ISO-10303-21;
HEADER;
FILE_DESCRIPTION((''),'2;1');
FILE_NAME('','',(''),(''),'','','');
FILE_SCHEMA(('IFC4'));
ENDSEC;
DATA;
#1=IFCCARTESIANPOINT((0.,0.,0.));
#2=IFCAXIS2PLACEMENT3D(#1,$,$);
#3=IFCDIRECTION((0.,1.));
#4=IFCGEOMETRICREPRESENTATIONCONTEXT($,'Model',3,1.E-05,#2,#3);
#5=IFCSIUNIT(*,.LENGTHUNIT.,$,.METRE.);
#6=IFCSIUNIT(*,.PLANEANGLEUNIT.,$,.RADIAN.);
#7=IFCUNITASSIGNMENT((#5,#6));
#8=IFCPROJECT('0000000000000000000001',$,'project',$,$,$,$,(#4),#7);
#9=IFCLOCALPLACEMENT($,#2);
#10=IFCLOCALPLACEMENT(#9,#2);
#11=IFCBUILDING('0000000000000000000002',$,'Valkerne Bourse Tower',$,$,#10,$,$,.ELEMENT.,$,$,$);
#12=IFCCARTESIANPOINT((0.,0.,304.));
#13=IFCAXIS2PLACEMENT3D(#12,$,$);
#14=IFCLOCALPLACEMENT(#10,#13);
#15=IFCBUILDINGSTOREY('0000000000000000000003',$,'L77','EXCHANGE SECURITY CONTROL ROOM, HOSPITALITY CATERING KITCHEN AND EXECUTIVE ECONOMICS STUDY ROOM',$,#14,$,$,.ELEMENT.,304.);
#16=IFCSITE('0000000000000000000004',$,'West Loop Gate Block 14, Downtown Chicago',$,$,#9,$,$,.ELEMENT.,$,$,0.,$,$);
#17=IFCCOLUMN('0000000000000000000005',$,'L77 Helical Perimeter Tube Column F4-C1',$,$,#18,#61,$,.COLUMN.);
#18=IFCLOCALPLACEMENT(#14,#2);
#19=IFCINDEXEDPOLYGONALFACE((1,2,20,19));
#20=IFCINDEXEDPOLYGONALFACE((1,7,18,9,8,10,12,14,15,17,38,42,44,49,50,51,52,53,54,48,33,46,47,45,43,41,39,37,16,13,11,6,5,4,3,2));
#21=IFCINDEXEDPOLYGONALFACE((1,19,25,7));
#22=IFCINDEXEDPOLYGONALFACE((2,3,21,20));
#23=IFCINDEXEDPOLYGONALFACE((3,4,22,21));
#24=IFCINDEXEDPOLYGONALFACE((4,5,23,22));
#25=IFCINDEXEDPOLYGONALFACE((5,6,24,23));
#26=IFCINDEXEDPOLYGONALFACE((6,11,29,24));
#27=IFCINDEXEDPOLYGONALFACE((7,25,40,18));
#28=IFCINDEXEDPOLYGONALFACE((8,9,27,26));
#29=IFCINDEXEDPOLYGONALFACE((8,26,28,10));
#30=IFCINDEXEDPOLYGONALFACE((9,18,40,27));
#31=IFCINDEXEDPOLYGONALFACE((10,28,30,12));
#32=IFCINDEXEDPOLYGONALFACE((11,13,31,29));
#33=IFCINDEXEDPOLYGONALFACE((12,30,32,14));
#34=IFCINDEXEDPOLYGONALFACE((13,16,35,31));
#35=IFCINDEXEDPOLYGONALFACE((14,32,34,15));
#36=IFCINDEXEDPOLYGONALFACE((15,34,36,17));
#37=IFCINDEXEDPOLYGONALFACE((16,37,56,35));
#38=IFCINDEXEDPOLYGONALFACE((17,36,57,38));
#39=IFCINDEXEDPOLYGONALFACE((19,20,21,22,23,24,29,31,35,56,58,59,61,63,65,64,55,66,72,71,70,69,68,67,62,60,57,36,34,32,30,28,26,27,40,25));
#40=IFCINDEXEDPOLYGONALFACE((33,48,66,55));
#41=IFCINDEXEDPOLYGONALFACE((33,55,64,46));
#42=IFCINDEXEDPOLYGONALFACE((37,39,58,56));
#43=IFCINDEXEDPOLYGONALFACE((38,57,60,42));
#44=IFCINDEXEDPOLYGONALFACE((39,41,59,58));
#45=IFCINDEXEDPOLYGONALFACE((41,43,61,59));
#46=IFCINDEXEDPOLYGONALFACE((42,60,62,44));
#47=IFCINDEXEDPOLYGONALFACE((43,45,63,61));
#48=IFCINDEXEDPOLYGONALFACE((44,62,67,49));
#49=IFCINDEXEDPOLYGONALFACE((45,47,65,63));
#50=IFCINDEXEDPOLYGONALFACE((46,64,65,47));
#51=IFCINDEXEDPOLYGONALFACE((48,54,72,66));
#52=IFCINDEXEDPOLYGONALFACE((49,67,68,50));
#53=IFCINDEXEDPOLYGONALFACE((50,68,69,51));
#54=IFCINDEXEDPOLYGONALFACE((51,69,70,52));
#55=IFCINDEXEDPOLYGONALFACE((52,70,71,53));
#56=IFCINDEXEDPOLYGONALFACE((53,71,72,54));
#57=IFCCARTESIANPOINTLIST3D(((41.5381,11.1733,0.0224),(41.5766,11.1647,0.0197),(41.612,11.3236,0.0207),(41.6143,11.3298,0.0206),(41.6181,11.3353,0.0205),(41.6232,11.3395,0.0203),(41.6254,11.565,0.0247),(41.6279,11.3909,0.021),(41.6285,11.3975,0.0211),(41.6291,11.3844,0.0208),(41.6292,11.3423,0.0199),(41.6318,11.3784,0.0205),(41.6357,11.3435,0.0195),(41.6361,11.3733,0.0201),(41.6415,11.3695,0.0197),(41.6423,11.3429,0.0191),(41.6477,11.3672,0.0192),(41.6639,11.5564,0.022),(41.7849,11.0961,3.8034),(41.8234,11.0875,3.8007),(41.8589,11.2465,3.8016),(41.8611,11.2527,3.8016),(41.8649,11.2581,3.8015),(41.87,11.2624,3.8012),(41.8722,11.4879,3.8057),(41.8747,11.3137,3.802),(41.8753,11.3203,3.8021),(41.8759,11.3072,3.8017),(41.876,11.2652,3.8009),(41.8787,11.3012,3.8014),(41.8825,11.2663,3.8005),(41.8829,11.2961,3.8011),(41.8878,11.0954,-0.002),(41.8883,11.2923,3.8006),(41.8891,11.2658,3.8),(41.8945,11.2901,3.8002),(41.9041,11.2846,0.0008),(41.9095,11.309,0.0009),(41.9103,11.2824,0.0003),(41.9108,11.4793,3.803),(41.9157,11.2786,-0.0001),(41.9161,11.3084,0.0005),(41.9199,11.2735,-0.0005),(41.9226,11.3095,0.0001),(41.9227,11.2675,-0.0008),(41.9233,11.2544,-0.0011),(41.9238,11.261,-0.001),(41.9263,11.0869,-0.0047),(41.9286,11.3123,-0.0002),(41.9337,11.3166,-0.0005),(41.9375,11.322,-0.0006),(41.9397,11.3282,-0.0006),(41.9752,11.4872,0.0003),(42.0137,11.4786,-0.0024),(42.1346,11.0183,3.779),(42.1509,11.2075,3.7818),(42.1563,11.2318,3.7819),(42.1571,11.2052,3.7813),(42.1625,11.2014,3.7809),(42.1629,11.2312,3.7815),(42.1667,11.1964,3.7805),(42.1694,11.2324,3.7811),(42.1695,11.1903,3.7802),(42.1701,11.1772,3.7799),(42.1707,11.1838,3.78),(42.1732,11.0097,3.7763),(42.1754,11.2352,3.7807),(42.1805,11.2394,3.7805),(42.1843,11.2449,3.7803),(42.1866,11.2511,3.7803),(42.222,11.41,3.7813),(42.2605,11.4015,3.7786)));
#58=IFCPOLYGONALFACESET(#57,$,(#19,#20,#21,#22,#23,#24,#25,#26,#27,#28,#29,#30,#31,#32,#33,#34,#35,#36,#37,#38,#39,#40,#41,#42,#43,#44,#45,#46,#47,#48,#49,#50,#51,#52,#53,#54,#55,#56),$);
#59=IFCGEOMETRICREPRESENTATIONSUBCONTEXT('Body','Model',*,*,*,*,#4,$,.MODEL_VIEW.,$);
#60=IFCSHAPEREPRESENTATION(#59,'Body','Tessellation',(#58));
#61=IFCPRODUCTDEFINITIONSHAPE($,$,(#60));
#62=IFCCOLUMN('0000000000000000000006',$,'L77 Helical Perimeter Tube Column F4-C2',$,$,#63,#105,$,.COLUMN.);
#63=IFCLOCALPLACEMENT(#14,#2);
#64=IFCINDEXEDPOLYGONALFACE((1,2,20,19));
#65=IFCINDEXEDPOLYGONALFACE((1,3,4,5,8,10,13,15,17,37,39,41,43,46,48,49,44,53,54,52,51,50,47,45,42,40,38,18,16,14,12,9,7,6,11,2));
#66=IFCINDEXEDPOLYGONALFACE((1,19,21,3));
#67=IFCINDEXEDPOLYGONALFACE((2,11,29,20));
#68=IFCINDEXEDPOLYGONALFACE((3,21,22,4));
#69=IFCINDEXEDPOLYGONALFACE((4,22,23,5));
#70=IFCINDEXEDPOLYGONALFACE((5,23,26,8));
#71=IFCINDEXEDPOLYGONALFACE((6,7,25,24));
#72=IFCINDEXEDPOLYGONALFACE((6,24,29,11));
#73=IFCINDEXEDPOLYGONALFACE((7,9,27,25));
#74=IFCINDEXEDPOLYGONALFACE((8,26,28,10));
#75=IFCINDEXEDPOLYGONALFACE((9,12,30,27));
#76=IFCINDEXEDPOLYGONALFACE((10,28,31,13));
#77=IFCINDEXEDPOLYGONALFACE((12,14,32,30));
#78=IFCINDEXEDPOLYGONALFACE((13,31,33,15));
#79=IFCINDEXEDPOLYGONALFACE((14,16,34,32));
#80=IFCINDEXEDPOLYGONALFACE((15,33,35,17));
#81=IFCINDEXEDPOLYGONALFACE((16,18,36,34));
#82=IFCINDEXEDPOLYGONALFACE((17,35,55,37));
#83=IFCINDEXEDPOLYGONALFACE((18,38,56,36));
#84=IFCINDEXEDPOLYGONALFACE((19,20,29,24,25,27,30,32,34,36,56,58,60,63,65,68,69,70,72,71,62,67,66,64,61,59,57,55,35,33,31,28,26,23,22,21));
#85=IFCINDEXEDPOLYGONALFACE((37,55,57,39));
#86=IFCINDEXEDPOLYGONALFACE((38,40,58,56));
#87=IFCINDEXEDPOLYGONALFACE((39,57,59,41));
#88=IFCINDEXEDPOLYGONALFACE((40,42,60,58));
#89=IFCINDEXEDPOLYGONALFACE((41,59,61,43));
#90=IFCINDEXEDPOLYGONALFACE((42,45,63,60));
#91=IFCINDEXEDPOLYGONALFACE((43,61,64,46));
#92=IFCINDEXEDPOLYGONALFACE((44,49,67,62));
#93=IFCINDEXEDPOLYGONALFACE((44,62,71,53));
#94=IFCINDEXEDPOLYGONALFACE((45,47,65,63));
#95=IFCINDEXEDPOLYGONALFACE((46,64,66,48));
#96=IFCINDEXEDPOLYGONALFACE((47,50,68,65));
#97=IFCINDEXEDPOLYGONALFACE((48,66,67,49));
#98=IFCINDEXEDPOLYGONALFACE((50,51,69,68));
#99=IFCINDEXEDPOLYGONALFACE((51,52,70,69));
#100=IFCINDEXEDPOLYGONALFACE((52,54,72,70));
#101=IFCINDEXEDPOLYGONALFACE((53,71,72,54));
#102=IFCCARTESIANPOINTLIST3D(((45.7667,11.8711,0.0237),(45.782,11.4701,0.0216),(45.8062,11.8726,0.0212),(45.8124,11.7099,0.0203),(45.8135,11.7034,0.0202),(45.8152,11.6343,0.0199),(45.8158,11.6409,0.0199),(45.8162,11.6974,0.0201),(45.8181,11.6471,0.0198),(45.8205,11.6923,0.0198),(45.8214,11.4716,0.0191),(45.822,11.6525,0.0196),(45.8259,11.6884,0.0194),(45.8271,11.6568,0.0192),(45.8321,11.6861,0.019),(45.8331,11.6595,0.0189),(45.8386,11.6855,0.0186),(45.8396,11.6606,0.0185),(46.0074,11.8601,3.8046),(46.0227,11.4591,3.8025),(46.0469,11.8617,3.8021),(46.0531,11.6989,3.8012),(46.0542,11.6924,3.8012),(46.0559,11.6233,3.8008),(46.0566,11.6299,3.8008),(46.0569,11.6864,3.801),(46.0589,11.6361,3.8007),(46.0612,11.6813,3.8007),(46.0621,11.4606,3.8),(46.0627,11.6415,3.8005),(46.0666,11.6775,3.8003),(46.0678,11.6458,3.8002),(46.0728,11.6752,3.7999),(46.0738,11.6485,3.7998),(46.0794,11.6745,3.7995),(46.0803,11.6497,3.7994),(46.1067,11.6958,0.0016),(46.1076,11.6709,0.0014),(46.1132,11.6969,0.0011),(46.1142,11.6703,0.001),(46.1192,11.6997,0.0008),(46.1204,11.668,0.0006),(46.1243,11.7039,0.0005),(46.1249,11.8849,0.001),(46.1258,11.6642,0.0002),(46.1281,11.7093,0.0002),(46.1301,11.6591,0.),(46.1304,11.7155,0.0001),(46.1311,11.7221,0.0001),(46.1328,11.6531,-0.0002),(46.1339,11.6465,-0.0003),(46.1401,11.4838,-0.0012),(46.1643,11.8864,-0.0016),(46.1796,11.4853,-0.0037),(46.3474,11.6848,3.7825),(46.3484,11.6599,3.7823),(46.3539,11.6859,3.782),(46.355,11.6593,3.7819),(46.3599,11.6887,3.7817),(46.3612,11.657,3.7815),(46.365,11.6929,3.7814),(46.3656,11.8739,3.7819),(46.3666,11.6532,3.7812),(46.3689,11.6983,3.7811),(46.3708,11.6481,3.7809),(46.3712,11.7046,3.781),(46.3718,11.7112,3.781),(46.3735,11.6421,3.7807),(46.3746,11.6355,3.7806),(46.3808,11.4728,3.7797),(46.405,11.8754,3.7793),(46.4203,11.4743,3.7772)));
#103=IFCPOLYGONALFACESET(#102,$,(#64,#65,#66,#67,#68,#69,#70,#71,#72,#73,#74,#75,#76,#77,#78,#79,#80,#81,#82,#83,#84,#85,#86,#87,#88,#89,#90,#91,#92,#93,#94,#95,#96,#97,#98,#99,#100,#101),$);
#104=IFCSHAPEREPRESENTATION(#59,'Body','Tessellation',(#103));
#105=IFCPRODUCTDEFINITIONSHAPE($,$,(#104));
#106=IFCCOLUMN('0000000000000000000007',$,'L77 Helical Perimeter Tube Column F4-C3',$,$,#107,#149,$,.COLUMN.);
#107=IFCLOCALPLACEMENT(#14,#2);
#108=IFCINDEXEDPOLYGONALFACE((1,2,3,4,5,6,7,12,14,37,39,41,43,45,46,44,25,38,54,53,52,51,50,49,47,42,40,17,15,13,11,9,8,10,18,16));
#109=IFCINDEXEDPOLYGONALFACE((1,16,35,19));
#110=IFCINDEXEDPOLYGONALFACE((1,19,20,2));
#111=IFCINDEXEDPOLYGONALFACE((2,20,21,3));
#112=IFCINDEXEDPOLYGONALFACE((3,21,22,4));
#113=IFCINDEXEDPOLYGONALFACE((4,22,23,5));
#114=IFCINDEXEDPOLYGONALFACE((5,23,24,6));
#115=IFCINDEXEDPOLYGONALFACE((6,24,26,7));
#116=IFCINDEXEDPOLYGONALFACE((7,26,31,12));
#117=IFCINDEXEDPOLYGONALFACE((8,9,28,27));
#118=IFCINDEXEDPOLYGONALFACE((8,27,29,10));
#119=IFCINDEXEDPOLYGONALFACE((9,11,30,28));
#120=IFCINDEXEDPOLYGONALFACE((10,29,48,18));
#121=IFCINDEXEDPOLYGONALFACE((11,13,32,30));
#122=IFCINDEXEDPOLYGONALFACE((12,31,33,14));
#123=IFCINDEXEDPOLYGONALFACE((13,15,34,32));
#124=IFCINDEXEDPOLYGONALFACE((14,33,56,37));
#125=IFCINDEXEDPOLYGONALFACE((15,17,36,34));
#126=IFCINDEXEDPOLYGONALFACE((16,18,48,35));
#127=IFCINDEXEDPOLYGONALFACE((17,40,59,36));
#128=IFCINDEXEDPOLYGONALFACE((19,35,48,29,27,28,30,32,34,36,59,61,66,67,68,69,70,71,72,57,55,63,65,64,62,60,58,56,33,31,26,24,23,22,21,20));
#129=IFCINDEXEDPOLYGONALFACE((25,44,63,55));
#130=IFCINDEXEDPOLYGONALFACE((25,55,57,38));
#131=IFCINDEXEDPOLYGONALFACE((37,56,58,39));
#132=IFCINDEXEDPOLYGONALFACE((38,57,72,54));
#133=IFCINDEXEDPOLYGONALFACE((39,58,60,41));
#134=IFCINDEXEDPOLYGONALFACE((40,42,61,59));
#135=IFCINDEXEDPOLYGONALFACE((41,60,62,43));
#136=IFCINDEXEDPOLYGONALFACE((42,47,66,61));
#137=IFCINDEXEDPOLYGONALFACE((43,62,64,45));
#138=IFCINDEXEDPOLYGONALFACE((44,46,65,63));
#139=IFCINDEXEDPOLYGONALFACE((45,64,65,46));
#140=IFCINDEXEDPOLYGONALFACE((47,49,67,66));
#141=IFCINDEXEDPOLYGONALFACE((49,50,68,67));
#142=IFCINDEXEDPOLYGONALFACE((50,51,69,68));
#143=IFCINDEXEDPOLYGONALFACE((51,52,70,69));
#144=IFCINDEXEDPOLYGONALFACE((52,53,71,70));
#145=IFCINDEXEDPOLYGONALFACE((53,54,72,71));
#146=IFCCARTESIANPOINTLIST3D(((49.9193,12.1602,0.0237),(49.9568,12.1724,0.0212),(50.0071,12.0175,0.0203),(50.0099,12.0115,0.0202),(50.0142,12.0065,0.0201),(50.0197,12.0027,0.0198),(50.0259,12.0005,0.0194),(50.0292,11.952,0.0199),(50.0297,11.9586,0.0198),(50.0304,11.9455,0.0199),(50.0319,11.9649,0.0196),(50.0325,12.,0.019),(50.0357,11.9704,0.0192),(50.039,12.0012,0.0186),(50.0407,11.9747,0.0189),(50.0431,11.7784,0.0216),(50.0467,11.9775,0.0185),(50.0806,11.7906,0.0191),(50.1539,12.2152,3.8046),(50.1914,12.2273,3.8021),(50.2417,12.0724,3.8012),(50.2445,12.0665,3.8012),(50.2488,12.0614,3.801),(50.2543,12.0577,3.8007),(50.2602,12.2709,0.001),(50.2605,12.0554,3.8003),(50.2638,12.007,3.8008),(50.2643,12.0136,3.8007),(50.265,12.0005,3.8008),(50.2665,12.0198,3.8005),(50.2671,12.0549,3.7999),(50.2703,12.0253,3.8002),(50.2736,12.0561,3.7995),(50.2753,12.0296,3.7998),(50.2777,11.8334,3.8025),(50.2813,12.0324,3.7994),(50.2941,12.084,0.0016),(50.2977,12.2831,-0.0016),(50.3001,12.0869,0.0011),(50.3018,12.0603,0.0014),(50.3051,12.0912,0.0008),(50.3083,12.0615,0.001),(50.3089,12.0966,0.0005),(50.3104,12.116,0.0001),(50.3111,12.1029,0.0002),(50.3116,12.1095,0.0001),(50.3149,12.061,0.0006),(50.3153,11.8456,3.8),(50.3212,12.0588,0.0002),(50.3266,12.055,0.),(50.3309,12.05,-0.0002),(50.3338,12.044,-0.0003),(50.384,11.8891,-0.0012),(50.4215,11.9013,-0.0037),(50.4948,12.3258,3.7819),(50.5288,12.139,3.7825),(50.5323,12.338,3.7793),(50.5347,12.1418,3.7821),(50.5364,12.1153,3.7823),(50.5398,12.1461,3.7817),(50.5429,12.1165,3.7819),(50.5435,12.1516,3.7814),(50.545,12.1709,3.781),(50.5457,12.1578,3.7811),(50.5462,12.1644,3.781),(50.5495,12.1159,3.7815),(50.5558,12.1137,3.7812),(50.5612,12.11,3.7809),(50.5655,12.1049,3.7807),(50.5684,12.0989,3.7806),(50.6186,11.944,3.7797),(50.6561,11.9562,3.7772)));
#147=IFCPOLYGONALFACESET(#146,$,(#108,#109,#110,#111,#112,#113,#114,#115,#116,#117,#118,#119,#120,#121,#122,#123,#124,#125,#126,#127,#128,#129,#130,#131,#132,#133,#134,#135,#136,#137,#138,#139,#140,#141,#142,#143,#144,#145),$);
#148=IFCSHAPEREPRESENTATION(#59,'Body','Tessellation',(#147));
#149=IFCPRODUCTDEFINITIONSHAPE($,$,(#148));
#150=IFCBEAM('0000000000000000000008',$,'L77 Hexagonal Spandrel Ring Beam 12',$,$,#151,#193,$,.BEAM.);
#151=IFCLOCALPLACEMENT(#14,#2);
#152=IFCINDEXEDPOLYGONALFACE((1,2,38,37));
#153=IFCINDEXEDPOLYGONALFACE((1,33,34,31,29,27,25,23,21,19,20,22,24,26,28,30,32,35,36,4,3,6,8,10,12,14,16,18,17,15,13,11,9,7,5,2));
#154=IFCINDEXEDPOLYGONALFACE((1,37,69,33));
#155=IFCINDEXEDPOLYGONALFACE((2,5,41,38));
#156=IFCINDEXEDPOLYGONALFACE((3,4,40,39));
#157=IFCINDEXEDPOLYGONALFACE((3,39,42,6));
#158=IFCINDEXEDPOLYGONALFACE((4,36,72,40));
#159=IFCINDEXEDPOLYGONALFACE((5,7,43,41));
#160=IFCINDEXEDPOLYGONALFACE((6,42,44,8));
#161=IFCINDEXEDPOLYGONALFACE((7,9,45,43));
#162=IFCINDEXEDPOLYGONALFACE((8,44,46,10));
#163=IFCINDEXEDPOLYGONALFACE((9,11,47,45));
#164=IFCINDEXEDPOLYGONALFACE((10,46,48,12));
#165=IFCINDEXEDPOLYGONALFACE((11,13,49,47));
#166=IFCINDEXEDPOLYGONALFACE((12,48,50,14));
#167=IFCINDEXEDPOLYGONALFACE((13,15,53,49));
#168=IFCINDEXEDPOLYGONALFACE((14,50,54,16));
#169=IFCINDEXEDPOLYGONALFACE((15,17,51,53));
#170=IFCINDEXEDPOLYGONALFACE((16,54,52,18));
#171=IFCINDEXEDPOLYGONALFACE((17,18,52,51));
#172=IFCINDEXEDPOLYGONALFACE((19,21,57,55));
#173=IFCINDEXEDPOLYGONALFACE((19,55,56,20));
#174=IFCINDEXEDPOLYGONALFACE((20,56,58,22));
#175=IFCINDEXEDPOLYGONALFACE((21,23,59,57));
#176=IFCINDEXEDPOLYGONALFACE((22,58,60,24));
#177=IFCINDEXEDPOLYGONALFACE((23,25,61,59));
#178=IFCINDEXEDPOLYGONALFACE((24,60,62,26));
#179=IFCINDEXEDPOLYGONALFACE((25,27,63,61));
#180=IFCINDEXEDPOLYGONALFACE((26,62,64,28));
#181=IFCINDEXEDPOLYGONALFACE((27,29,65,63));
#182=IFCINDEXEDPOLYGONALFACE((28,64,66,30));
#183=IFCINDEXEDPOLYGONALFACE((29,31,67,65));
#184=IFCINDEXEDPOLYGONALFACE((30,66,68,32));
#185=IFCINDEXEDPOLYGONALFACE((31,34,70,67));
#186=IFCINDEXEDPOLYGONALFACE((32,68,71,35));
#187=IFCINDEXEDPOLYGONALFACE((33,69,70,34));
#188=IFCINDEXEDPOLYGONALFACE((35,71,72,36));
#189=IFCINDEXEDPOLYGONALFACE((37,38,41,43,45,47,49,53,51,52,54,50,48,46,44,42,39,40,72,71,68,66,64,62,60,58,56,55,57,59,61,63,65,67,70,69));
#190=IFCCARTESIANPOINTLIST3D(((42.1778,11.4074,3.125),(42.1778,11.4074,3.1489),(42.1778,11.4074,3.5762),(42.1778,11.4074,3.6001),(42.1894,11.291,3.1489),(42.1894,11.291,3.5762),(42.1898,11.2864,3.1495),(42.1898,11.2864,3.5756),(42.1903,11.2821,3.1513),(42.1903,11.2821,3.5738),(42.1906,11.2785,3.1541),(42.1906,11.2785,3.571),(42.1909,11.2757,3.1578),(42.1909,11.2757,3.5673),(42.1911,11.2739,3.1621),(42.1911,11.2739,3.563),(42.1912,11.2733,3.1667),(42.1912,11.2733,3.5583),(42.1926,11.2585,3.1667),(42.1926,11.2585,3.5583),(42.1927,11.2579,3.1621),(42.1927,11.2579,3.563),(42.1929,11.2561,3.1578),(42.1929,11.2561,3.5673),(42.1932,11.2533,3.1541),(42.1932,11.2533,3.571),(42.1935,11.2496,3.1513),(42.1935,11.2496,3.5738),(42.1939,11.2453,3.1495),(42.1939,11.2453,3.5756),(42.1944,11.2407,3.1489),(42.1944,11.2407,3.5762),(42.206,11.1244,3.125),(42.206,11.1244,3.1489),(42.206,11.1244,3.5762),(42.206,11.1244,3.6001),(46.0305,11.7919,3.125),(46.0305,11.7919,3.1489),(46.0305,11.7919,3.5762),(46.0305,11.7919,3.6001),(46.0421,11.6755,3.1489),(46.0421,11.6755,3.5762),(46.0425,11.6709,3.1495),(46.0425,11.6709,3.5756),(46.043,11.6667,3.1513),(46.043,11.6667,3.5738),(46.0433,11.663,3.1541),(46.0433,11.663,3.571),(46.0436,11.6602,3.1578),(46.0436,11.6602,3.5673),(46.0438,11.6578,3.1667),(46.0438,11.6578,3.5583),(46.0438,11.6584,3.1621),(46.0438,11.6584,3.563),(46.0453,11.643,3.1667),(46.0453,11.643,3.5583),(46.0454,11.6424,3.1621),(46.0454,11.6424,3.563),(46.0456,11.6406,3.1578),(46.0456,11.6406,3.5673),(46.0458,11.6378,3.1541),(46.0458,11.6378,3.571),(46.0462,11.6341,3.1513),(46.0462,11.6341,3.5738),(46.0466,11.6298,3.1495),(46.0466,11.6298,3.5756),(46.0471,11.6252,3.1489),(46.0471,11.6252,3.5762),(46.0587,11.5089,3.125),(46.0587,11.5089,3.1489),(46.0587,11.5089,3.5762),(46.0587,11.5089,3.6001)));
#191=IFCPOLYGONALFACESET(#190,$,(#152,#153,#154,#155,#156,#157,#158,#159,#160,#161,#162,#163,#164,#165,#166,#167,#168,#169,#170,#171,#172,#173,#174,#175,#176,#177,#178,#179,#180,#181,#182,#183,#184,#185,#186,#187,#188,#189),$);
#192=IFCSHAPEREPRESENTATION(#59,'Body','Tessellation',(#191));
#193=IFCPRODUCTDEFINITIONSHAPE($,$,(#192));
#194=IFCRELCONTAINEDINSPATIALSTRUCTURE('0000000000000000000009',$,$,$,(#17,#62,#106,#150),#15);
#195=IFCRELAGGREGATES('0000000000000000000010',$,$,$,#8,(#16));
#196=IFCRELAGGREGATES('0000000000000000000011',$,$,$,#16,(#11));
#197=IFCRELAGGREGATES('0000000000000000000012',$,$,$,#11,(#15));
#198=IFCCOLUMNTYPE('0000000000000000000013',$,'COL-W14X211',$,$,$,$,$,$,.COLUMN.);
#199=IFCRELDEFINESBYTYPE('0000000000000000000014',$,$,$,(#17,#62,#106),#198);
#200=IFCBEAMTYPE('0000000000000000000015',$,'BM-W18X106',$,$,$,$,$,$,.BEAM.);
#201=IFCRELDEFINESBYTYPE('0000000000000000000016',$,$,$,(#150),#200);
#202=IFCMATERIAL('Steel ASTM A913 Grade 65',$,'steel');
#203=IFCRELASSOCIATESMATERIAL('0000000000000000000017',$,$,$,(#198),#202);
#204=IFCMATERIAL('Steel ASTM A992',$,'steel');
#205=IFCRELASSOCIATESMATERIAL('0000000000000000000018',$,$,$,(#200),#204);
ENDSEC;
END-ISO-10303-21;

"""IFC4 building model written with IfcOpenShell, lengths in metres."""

from ifc_helpers import new_model, si_unit, direction, frame, origin, origin_2d, place, context, subcontext, project, spatial, i_section, extrude, material, material_profile, profile_set, type_object, element, save


model = new_model("IFC4")

# Units and contexts
model_context = context("Model", 3, precision=1e-05, world=origin(), true_north=direction((0.0, 1.0)))
body_context = subcontext(model_context, "Body", "Model", "MODEL_VIEW")
ifc_project = project(units=[si_unit("LENGTHUNIT", "METRE"), si_unit("PLANEANGLEUNIT", "RADIAN")], contexts=[model_context])

# Site, building, storey
site_placement = place(None, origin())
site = spatial("IfcSite", under=ifc_project, at=site_placement, Name="West Loop Gate Block 14, Downtown Chicago", CompositionType="ELEMENT", RefElevation=0.0)
building_placement = place(site_placement, origin())
building = spatial("IfcBuilding", under=site, at=building_placement, Name="Valkerne Bourse Tower", CompositionType="ELEMENT")
storey_placement = place(building_placement, frame((0.0, 0.0, 304.0)))
storey = spatial("IfcBuildingStorey", under=building, at=storey_placement, Name="L77", Description="EXCHANGE SECURITY CONTROL ROOM, HOSPITALITY CATERING KITCHEN AND EXECUTIVE ECONOMICS STUDY ROOM", CompositionType="ELEMENT", Elevation=304.0)

# Columns
ifc_material_1 = material(Name="Steel ASTM A913 Grade 65", Category="steel")
ifc_material_profile_1 = material_profile(ifc_material_1, i_section(OverallWidth=0.4014, OverallDepth=0.3987, WebThickness=0.0249, FlangeThickness=0.0396, FilletRadius=0.0254, at=origin_2d()), Name="W14X211")
ifc_profile_set_1 = profile_set([ifc_material_profile_1], Name="Steel ASTM A913 Grade 65")
column_type = type_object("IfcColumnType", Name="COL-W14X211", PredefinedType="COLUMN", material=ifc_profile_set_1)
column_placement = place(storey_placement, frame((41.7759, 11.3259, 0.01), z_axis=(0.065128, -0.020357, 0.997669), x_axis=(0.217601, 0.976021, 0.00571)))
element("IfcColumn", 1, at=column_placement, inside=storey, type_object=column_type, Name="L77 Helical Perimeter Tube Column F4-C1", PredefinedType="COLUMN", context=body_context, shape_type="SweptSolid", body=[
    extrude(i_section(OverallWidth=0.4014, OverallDepth=0.3987, WebThickness=0.0249, FlangeThickness=0.0396, FilletRadius=0.0254, at=origin_2d()), origin(), (0.0, 0.0, 1.0), 3.7898),
])
for number, where, z_axis, x_axis, name in (
    (2, (45.9731, 11.6782, 0.01), (0.063537, -0.0029, 0.997975), (-0.03799, 0.999264, 0.005322), "L77 Helical Perimeter Tube Column F4-C2"),
    (3, (50.1704, 12.0308, 0.01), (0.061926, 0.014499, 0.997975), (-0.308476, 0.951217, 0.005322), "L77 Helical Perimeter Tube Column F4-C3"),
):
    element("IfcColumn", number, at=place(storey_placement, frame(where, z_axis=z_axis, x_axis=x_axis)), inside=storey, type_object=column_type, Name=name, PredefinedType="COLUMN", context=body_context, shape_type="SweptSolid", body=[
        extrude(i_section(OverallWidth=0.4014, OverallDepth=0.3987, WebThickness=0.0249, FlangeThickness=0.0396, FilletRadius=0.0254, at=origin_2d()), origin(), (0.0, 0.0, 1.0), 3.7886),
    ])

# Beam
ifc_material_2 = material(Name="Steel ASTM A992", Category="steel")
ifc_material_profile_2 = material_profile(ifc_material_2, i_section(OverallWidth=0.2844, OverallDepth=0.4751, WebThickness=0.0149, FlangeThickness=0.0239, FilletRadius=0.0178, at=origin_2d()), Name="W18X106")
ifc_profile_set_2 = profile_set([ifc_material_profile_2], Name="Steel ASTM A992")
beam_type_1 = type_object("IfcBeamType", Name="BM-W18X106", PredefinedType="BEAM", material=ifc_profile_set_2)
for number, where, z_axis, x_axis, name in (
    (4, (42.1919, 11.2659, 3.3625), (0.995057, 0.09931, 0.0), (-0.09931, 0.995057, 0.0), "L77 Hexagonal Spandrel Ring Beam 12"),
):
    element("IfcBeam", number, at=place(storey_placement, frame(where, z_axis=z_axis, x_axis=x_axis)), inside=storey, type_object=beam_type_1, Name=name, PredefinedType="BEAM", context=body_context, shape_type="SweptSolid", body=[
        extrude(i_section(OverallWidth=0.2844, OverallDepth=0.4751, WebThickness=0.0149, FlangeThickness=0.0239, FilletRadius=0.0178, at=origin_2d()), origin(), (0.0, 0.0, 1.0), 3.8718),
    ])

save(model, "model.ifc")
